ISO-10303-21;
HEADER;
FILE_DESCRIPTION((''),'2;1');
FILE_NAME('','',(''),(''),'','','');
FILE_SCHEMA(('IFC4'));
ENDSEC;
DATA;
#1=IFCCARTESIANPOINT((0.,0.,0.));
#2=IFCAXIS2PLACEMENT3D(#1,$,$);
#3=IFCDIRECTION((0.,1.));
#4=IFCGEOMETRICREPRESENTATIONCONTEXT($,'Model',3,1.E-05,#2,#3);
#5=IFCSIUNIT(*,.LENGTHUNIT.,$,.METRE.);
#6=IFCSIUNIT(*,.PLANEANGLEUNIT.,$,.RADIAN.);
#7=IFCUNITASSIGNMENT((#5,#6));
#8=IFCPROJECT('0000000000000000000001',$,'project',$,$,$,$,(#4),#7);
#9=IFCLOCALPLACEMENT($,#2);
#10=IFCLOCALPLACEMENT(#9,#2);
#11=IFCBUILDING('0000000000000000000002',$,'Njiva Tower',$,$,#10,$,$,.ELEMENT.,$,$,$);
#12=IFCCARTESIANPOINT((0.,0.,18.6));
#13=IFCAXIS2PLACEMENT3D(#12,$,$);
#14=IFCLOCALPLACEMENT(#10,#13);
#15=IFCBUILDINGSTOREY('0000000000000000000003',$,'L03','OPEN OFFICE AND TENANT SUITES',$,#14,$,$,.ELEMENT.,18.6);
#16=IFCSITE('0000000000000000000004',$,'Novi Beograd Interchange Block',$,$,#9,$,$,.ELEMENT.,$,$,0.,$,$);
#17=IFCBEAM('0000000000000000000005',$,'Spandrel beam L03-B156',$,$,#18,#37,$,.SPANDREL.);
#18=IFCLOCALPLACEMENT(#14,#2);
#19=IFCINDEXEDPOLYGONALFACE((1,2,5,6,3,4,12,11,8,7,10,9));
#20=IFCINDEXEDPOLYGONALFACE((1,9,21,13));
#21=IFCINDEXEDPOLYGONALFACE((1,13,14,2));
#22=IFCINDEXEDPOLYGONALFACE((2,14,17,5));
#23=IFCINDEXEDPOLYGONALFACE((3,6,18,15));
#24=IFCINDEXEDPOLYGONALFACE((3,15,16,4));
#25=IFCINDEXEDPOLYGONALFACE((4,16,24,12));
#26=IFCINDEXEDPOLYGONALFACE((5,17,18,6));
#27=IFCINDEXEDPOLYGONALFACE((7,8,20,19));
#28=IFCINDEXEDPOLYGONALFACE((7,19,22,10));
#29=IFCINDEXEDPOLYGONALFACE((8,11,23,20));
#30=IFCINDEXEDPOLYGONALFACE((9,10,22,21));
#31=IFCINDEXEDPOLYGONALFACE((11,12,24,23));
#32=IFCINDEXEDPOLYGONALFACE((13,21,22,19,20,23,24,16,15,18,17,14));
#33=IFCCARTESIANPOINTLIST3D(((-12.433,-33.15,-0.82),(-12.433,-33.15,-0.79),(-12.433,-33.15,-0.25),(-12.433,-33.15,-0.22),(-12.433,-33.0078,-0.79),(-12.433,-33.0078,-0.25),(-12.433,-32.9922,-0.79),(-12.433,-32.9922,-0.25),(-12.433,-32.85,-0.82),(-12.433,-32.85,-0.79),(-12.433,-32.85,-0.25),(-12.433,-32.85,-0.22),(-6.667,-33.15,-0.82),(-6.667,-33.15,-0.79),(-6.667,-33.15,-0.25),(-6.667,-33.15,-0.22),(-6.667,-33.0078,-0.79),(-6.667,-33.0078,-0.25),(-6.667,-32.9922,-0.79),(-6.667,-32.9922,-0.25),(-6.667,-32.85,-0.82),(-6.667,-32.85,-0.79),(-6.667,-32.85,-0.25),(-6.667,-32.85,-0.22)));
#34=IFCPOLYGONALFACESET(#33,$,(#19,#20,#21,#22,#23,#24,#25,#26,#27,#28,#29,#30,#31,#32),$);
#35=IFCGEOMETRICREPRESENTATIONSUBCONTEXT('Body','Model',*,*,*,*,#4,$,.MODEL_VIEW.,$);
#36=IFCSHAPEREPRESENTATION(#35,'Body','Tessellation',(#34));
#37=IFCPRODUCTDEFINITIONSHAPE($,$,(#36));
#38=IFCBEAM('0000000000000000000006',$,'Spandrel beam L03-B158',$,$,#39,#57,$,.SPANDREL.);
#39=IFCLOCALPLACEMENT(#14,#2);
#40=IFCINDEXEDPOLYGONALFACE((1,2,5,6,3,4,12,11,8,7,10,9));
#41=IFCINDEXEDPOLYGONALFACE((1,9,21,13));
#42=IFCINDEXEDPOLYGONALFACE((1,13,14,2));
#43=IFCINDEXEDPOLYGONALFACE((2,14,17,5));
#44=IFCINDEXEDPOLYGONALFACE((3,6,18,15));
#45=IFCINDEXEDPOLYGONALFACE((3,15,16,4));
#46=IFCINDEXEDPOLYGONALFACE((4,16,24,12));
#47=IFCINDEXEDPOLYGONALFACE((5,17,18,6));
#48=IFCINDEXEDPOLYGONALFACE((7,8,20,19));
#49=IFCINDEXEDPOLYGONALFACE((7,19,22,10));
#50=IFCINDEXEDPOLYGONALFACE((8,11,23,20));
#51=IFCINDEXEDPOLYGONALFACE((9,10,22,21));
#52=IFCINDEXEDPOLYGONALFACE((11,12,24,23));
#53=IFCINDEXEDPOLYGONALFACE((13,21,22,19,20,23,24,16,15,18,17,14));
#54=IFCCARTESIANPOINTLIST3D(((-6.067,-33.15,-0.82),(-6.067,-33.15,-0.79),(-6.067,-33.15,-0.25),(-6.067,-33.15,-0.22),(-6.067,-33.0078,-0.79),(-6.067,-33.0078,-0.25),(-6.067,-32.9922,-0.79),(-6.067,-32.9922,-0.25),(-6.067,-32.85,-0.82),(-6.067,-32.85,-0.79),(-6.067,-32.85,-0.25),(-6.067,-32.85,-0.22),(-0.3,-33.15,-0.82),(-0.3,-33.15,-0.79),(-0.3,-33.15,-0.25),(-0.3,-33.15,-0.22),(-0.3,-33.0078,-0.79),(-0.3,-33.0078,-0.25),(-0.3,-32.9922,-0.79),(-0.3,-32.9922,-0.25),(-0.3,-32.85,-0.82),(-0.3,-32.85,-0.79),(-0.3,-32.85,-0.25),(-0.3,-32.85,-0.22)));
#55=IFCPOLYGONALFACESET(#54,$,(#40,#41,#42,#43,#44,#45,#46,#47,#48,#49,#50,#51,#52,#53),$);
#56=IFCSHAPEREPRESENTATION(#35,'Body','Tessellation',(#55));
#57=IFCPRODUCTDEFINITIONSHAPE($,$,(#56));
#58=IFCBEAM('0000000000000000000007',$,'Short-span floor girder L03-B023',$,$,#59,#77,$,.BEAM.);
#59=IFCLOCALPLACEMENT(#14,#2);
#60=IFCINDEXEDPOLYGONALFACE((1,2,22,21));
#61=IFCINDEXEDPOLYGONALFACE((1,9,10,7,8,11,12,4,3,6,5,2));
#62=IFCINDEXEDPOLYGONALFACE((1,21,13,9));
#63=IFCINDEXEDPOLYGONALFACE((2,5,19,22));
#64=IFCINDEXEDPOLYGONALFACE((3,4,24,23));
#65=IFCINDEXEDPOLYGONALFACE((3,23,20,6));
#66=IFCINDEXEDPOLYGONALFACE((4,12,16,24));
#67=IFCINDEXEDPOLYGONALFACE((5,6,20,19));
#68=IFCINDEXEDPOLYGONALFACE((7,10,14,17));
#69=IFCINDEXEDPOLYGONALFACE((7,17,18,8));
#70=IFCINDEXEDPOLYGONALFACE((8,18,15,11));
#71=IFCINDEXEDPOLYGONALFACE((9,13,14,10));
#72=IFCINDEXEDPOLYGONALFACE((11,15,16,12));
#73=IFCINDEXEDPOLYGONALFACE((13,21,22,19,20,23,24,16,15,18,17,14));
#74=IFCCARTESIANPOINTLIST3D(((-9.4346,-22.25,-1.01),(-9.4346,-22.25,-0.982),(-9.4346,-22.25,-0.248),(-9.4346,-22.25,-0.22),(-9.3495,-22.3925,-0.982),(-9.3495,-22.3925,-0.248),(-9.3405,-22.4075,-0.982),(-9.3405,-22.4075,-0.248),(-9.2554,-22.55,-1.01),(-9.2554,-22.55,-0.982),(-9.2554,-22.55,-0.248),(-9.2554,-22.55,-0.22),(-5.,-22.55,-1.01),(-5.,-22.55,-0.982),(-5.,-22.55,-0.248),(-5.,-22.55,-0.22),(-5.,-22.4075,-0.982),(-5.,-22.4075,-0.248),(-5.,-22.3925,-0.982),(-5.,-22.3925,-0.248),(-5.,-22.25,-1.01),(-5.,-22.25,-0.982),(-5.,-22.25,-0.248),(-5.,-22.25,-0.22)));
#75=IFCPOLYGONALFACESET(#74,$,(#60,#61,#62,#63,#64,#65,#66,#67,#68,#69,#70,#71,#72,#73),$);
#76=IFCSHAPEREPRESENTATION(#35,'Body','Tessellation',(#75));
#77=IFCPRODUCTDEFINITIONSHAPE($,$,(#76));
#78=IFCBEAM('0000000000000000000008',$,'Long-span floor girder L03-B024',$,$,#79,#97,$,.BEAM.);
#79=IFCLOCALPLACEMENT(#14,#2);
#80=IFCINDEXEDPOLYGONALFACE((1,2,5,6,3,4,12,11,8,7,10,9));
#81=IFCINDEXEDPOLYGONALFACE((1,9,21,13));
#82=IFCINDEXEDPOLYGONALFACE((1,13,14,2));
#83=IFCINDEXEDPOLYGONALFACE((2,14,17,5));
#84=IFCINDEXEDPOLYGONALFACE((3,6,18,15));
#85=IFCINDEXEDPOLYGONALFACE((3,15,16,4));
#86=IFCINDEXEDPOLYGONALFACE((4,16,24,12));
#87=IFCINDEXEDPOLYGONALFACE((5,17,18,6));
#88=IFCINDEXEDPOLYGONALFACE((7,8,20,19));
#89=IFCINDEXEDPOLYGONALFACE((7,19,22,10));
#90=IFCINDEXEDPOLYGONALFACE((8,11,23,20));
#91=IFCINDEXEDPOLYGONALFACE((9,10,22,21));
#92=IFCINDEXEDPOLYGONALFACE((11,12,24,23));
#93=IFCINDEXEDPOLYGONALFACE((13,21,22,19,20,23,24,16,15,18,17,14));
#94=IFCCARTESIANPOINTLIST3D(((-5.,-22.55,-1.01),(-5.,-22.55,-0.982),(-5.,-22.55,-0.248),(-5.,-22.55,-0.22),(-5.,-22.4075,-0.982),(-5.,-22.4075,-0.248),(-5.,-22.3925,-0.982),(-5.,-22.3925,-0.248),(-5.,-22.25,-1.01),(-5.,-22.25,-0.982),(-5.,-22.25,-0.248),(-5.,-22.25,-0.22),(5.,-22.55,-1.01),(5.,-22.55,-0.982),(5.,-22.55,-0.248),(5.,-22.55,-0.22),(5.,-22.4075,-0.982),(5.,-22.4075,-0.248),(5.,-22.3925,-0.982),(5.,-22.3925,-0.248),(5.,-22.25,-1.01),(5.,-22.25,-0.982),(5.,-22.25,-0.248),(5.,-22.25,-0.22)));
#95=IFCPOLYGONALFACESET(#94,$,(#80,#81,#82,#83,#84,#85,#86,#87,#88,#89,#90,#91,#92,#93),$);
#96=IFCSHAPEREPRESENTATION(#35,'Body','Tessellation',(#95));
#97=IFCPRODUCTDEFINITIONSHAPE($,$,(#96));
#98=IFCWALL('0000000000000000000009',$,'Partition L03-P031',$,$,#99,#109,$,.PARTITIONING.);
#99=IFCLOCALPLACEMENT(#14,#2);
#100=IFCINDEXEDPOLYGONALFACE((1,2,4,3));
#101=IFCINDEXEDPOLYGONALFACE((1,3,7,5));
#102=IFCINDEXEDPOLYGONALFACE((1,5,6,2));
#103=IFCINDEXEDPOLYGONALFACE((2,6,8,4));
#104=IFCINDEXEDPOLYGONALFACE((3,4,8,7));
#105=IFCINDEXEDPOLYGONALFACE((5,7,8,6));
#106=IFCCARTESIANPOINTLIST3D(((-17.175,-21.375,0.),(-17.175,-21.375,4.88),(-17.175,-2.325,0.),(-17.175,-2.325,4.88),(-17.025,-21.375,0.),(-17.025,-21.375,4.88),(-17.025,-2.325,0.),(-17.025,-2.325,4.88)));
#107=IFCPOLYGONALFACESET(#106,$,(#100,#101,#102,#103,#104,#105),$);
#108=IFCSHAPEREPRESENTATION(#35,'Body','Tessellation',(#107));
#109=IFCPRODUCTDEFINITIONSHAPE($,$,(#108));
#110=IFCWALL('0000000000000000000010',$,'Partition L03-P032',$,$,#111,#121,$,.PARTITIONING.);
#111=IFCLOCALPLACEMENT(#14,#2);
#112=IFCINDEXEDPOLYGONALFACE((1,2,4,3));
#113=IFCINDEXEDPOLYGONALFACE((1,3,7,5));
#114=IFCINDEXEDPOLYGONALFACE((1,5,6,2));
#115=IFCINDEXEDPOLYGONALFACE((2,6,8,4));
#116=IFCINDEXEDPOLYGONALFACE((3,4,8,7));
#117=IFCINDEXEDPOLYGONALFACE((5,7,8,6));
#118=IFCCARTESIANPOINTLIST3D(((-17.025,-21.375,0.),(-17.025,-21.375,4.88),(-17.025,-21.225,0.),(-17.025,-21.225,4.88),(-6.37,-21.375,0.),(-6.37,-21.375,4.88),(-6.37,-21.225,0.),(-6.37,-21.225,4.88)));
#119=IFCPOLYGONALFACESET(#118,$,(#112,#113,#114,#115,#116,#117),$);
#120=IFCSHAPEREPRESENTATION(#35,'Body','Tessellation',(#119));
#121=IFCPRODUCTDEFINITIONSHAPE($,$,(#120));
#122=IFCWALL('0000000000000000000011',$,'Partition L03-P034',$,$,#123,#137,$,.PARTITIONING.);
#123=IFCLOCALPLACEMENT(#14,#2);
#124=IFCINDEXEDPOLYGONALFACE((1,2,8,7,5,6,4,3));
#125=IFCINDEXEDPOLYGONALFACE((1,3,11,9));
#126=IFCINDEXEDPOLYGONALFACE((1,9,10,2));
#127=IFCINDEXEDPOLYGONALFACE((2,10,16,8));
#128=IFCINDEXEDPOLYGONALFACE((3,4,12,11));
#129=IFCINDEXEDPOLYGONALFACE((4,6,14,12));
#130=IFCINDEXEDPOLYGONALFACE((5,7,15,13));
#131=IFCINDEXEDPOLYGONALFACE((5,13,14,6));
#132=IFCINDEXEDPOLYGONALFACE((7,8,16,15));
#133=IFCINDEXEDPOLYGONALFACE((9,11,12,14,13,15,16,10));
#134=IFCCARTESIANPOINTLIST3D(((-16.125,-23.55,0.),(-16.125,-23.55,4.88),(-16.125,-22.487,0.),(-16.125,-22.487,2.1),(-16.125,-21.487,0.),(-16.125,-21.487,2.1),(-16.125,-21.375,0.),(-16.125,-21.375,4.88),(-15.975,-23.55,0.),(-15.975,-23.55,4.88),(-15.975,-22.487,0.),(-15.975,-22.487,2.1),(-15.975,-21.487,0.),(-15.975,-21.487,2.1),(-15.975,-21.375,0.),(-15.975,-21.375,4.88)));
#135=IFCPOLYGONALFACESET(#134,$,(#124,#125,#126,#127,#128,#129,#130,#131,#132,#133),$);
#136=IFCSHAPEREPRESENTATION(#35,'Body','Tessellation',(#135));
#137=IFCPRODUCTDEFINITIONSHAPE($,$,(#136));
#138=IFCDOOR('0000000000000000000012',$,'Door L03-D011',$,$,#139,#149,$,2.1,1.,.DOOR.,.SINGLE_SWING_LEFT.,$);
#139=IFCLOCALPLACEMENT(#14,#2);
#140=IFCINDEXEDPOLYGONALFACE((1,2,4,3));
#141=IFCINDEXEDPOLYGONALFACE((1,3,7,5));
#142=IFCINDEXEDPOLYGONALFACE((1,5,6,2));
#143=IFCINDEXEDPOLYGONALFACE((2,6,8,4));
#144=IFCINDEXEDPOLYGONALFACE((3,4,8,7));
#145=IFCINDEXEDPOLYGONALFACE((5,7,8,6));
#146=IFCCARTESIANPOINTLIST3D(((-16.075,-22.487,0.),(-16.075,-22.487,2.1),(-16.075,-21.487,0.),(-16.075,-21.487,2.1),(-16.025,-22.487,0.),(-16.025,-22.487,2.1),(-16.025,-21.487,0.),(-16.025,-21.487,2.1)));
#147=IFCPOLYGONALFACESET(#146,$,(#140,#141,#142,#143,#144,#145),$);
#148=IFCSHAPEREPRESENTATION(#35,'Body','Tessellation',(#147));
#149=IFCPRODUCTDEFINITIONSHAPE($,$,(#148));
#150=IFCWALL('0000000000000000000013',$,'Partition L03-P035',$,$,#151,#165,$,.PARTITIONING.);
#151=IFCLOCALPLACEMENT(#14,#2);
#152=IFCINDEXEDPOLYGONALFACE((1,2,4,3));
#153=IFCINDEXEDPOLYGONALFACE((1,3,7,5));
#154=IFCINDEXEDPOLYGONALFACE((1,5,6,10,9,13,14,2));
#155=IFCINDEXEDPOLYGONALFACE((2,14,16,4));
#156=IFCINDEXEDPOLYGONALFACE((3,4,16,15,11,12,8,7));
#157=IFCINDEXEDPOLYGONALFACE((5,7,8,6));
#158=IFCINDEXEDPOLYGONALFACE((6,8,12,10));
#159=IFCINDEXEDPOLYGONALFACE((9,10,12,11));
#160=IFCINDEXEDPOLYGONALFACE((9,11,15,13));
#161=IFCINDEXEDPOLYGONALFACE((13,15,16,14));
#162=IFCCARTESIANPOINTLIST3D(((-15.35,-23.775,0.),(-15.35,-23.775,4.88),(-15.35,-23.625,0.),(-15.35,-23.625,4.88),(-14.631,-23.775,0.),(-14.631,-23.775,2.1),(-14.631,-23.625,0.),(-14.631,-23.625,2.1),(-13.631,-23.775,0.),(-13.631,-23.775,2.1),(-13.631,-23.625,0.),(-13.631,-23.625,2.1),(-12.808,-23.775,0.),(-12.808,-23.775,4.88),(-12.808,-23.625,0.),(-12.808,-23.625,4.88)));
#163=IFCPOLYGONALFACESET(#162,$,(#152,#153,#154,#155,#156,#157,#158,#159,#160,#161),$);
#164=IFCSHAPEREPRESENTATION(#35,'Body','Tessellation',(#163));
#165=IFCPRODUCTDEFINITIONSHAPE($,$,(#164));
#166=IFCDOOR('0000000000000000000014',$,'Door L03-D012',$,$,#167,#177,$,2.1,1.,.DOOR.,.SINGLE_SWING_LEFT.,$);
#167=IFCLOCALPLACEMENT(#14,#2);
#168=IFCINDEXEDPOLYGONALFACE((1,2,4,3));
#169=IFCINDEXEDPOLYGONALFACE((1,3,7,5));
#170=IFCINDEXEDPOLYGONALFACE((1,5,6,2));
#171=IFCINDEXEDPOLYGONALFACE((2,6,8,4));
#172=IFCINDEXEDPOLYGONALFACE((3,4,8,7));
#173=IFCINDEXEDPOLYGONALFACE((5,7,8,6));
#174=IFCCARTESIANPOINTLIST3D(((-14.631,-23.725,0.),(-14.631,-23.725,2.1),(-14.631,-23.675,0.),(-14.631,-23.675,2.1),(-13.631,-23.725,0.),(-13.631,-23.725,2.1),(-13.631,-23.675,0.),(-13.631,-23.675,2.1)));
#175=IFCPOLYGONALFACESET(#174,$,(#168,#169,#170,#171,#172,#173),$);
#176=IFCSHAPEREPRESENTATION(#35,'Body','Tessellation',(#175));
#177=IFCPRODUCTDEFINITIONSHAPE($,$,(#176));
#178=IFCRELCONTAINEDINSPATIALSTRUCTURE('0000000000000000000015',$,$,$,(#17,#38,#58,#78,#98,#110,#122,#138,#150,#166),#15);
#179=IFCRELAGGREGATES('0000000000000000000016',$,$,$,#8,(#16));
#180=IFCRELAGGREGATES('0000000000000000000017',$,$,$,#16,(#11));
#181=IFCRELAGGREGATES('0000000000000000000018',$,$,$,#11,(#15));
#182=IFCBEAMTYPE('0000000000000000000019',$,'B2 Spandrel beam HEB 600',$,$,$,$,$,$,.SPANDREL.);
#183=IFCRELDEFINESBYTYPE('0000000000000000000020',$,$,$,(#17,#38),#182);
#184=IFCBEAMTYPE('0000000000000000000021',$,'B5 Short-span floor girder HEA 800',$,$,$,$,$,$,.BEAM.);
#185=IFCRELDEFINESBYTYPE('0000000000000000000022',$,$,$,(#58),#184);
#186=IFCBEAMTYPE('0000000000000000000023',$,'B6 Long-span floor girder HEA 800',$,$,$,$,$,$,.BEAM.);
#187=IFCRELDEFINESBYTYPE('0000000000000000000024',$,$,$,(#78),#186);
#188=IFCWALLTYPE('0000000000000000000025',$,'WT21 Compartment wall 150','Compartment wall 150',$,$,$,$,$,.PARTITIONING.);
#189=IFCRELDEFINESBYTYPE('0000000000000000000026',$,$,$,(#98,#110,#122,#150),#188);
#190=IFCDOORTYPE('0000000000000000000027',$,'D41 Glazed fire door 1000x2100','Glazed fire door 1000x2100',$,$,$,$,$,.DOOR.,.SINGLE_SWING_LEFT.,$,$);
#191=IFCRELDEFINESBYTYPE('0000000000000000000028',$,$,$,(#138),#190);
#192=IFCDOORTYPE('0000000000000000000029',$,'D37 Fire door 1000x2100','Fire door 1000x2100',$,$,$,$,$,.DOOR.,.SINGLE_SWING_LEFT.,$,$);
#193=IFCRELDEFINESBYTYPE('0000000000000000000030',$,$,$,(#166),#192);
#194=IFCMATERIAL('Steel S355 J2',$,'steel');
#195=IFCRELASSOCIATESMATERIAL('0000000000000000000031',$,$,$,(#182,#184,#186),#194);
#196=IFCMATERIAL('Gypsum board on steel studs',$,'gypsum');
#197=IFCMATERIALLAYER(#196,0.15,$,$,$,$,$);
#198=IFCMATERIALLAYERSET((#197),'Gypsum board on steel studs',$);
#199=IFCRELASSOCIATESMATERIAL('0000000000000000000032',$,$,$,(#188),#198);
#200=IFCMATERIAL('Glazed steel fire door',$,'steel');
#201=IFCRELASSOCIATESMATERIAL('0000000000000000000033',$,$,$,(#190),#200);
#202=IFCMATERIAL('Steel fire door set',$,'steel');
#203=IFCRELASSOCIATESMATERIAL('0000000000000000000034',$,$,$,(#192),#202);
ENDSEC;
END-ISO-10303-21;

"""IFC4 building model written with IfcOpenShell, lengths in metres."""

from ifc_helpers import new_model, si_unit, direction, frame, frame_2d, origin, origin_2d, place, context, subcontext, project, spatial, rectangle, i_section, extrude, clip, halfspace, material, layer, layer_set, material_profile, profile_set, type_object, element, fill, save


model = new_model("IFC4")

# Units and contexts
model_context = context("Model", 3, precision=1e-05, world=origin(), true_north=direction((0.0, 1.0)))
body_context = subcontext(model_context, "Body", "Model", "MODEL_VIEW")
ifc_project = project(units=[si_unit("LENGTHUNIT", "METRE"), si_unit("PLANEANGLEUNIT", "RADIAN")], contexts=[model_context])

# Site, building, storey
site_placement = place(None, origin())
site = spatial("IfcSite", under=ifc_project, at=site_placement, Name="Novi Beograd Interchange Block", CompositionType="ELEMENT", RefElevation=0.0)
building_placement = place(site_placement, origin())
building = spatial("IfcBuilding", under=site, at=building_placement, Name="Njiva Tower", CompositionType="ELEMENT")
storey_placement = place(building_placement, frame((0.0, 0.0, 18.6)))
storey = spatial("IfcBuildingStorey", under=building, at=storey_placement, Name="L03", Description="OPEN OFFICE AND TENANT SUITES", CompositionType="ELEMENT", Elevation=18.6)

# Shared definitions
ifc_material_1 = material(Name="Steel S355 J2", Category="steel")

# Beams
ifc_material_profile_1 = material_profile(ifc_material_1, i_section(OverallWidth=0.3, OverallDepth=0.6, WebThickness=0.0155, FlangeThickness=0.03, at=origin_2d()), Name="HEB 600")
ifc_profile_set_1 = profile_set([ifc_material_profile_1], Name="Steel S355 J2")
beam_type_1 = type_object("IfcBeamType", Name="B2 Spandrel beam HEB 600", PredefinedType="SPANDREL", material=ifc_profile_set_1)
beam_1_placement = place(storey_placement, frame((-12.433, -33.0, -0.52), z_axis=(1.0, 0.0, 0.0), x_axis=(0.0, 1.0, 0.0)))
element("IfcBeam", 1, at=beam_1_placement, inside=storey, type_object=beam_type_1, Name="Spandrel beam L03-B156", PredefinedType="SPANDREL", context=body_context, shape_type="SweptSolid", body=[
    extrude(i_section(OverallWidth=0.3, OverallDepth=0.6, WebThickness=0.0155, FlangeThickness=0.03, at=origin_2d()), origin(), (0.0, 0.0, 1.0), 5.766),
])
beam_2_placement = place(storey_placement, frame((-6.067, -33.0, -0.52), z_axis=(1.0, 0.0, 0.0), x_axis=(0.0, 1.0, 0.0)))
element("IfcBeam", 2, at=beam_2_placement, inside=storey, type_object=beam_type_1, Name="Spandrel beam L03-B158", PredefinedType="SPANDREL", context=body_context, shape_type="SweptSolid", body=[
    extrude(i_section(OverallWidth=0.3, OverallDepth=0.6, WebThickness=0.0155, FlangeThickness=0.03, at=origin_2d()), origin(), (0.0, 0.0, 1.0), 5.767),
])
ifc_material_profile_2 = material_profile(ifc_material_1, i_section(OverallWidth=0.3, OverallDepth=0.79, WebThickness=0.015, FlangeThickness=0.028, at=origin_2d()), Name="HEA 800")
ifc_profile_set_2 = profile_set([ifc_material_profile_2], Name="Steel S355 J2")
beam_type_2 = type_object("IfcBeamType", Name="B5 Short-span floor girder HEA 800", PredefinedType="BEAM", material=ifc_profile_set_2)
beam_3_placement = place(storey_placement, frame((-9.455, -22.4, -0.615), z_axis=(1.0, 0.0, 0.0), x_axis=(0.0, 1.0, 0.0)))
element("IfcBeam", 3, at=beam_3_placement, inside=storey, type_object=beam_type_2, Name="Short-span floor girder L03-B023", PredefinedType="BEAM", context=body_context, shape_type="Clipping", body=[
    clip(extrude(i_section(OverallWidth=0.3, OverallDepth=0.79, WebThickness=0.015, FlangeThickness=0.028, at=origin_2d()), origin(), (0.0, 0.0, 1.0), 4.455), halfspace(frame((-0.0256, 0.0, 0.1253), z_axis=(-0.512842, 0.0, -0.858483), x_axis=(0.0, -1.0, 0.0)), False)),
])
ifc_material_profile_3 = material_profile(ifc_material_1, i_section(OverallWidth=0.3, OverallDepth=0.79, WebThickness=0.015, FlangeThickness=0.028, at=origin_2d()), Name="HEA 800")
ifc_profile_set_3 = profile_set([ifc_material_profile_3], Name="Steel S355 J2")
beam_type_3 = type_object("IfcBeamType", Name="B6 Long-span floor girder HEA 800", PredefinedType="BEAM", material=ifc_profile_set_3)
beam_4_placement = place(storey_placement, frame((-5.0, -22.4, -0.615), z_axis=(1.0, 0.0, 0.0), x_axis=(0.0, 1.0, 0.0)))
element("IfcBeam", 4, at=beam_4_placement, inside=storey, type_object=beam_type_3, Name="Long-span floor girder L03-B024", PredefinedType="BEAM", context=body_context, shape_type="SweptSolid", body=[
    extrude(i_section(OverallWidth=0.3, OverallDepth=0.79, WebThickness=0.015, FlangeThickness=0.028, at=origin_2d()), origin(), (0.0, 0.0, 1.0), 10.0),
])

# Walls
ifc_material_2 = material(Name="Gypsum board on steel studs", Category="gypsum")
ifc_layer_1 = layer(ifc_material_2, 0.15)
ifc_layer_set_1 = layer_set([ifc_layer_1], Name="Gypsum board on steel studs")
wall_type_1 = type_object("IfcWallType", Name="WT21 Compartment wall 150", Description="Compartment wall 150", PredefinedType="PARTITIONING", material=ifc_layer_set_1)
wall_1_placement = place(storey_placement, frame((-17.1, -21.375, 0.0), z_axis=(0.0, 0.0, 1.0), x_axis=(0.0, 1.0, 0.0)))
element("IfcWall", 5, at=wall_1_placement, inside=storey, type_object=wall_type_1, Name="Partition L03-P031", PredefinedType="PARTITIONING", context=body_context, shape_type="SweptSolid", body=[
    extrude(rectangle(XDim=19.05, YDim=0.15, at=frame_2d((9.525, 0.0))), origin(), (0.0, 0.0, 1.0), 4.88),
])
wall_2_placement = place(storey_placement, frame((-17.025, -21.3, 0.0), z_axis=(0.0, 0.0, 1.0), x_axis=(1.0, 0.0, 0.0)))
element("IfcWall", 6, at=wall_2_placement, inside=storey, type_object=wall_type_1, Name="Partition L03-P032", PredefinedType="PARTITIONING", context=body_context, shape_type="SweptSolid", body=[
    extrude(rectangle(XDim=10.655, YDim=0.15, at=frame_2d((5.3275, 0.0))), origin(), (0.0, 0.0, 1.0), 4.88),
])

# Walls, openings, doors
wall_3_placement = place(storey_placement, frame((-16.05, -23.55, 0.0), z_axis=(0.0, 0.0, 1.0), x_axis=(0.0, 1.0, 0.0)))
wall_3 = element("IfcWall", 7, at=wall_3_placement, inside=storey, type_object=wall_type_1, Name="Partition L03-P034", PredefinedType="PARTITIONING", context=body_context, shape_type="SweptSolid", body=[
    extrude(rectangle(XDim=2.175, YDim=0.15, at=frame_2d((1.0875, 0.0))), origin(), (0.0, 0.0, 1.0), 4.88),
])
opening_1_placement = place(wall_3_placement, frame((1.063, 0.0, 0.0)))
opening_1 = element("IfcOpeningElement", 8, at=opening_1_placement, cuts=wall_3, PredefinedType="OPENING", context=body_context, shape_type="SweptSolid", body=[
    extrude(rectangle(XDim=1.0, YDim=2.1, at=frame_2d((0.5, 1.05))), frame((0.0, 0.085, 0.0), z_axis=(0.0, -1.0, 0.0), x_axis=(1.0, 0.0, 0.0)), (0.0, 0.0, 1.0), 0.17),
])
ifc_material_3 = material(Name="Glazed steel fire door", Category="steel")
door_type_1 = type_object("IfcDoorType", Name="D41 Glazed fire door 1000x2100", Description="Glazed fire door 1000x2100", OperationType="SINGLE_SWING_LEFT", PredefinedType="DOOR", material=ifc_material_3)
door_1_placement = place(opening_1_placement, origin())
door_1 = element("IfcDoor", 9, at=door_1_placement, inside=storey, type_object=door_type_1, Name="Door L03-D011", OperationType="SINGLE_SWING_LEFT", OverallHeight=2.1, OverallWidth=1.0, PredefinedType="DOOR", context=body_context, shape_type="SweptSolid", body=[
    extrude(rectangle(XDim=1.0, YDim=2.1, at=frame_2d((0.5, 1.05))), frame((0.0, 0.025, 0.0), z_axis=(0.0, -1.0, 0.0), x_axis=(1.0, 0.0, 0.0)), (0.0, 0.0, 1.0), 0.05),
])
fill(opening_1, door_1)
wall_4_placement = place(storey_placement, frame((-15.35, -23.7, 0.0), z_axis=(0.0, 0.0, 1.0), x_axis=(1.0, 0.0, 0.0)))
wall_4 = element("IfcWall", 10, at=wall_4_placement, inside=storey, type_object=wall_type_1, Name="Partition L03-P035", PredefinedType="PARTITIONING", context=body_context, shape_type="SweptSolid", body=[
    extrude(rectangle(XDim=2.542, YDim=0.15, at=frame_2d((1.271, 0.0))), origin(), (0.0, 0.0, 1.0), 4.88),
])
opening_2_placement = place(wall_4_placement, frame((0.719, 0.0, 0.0)))
opening_2 = element("IfcOpeningElement", 11, at=opening_2_placement, cuts=wall_4, PredefinedType="OPENING", context=body_context, shape_type="SweptSolid", body=[
    extrude(rectangle(XDim=1.0, YDim=2.1, at=frame_2d((0.5, 1.05))), frame((0.0, 0.085, 0.0), z_axis=(0.0, -1.0, 0.0), x_axis=(1.0, 0.0, 0.0)), (0.0, 0.0, 1.0), 0.17),
])
ifc_material_4 = material(Name="Steel fire door set", Category="steel")
door_type_2 = type_object("IfcDoorType", Name="D37 Fire door 1000x2100", Description="Fire door 1000x2100", OperationType="SINGLE_SWING_LEFT", PredefinedType="DOOR", material=ifc_material_4)
door_2_placement = place(opening_2_placement, origin())
door_2 = element("IfcDoor", 12, at=door_2_placement, inside=storey, type_object=door_type_2, Name="Door L03-D012", OperationType="SINGLE_SWING_LEFT", OverallHeight=2.1, OverallWidth=1.0, PredefinedType="DOOR", context=body_context, shape_type="SweptSolid", body=[
    extrude(rectangle(XDim=1.0, YDim=2.1, at=frame_2d((0.5, 1.05))), frame((0.0, 0.025, 0.0), z_axis=(0.0, -1.0, 0.0), x_axis=(1.0, 0.0, 0.0)), (0.0, 0.0, 1.0), 0.05),
])
fill(opening_2, door_2)

save(model, "model.ifc")
